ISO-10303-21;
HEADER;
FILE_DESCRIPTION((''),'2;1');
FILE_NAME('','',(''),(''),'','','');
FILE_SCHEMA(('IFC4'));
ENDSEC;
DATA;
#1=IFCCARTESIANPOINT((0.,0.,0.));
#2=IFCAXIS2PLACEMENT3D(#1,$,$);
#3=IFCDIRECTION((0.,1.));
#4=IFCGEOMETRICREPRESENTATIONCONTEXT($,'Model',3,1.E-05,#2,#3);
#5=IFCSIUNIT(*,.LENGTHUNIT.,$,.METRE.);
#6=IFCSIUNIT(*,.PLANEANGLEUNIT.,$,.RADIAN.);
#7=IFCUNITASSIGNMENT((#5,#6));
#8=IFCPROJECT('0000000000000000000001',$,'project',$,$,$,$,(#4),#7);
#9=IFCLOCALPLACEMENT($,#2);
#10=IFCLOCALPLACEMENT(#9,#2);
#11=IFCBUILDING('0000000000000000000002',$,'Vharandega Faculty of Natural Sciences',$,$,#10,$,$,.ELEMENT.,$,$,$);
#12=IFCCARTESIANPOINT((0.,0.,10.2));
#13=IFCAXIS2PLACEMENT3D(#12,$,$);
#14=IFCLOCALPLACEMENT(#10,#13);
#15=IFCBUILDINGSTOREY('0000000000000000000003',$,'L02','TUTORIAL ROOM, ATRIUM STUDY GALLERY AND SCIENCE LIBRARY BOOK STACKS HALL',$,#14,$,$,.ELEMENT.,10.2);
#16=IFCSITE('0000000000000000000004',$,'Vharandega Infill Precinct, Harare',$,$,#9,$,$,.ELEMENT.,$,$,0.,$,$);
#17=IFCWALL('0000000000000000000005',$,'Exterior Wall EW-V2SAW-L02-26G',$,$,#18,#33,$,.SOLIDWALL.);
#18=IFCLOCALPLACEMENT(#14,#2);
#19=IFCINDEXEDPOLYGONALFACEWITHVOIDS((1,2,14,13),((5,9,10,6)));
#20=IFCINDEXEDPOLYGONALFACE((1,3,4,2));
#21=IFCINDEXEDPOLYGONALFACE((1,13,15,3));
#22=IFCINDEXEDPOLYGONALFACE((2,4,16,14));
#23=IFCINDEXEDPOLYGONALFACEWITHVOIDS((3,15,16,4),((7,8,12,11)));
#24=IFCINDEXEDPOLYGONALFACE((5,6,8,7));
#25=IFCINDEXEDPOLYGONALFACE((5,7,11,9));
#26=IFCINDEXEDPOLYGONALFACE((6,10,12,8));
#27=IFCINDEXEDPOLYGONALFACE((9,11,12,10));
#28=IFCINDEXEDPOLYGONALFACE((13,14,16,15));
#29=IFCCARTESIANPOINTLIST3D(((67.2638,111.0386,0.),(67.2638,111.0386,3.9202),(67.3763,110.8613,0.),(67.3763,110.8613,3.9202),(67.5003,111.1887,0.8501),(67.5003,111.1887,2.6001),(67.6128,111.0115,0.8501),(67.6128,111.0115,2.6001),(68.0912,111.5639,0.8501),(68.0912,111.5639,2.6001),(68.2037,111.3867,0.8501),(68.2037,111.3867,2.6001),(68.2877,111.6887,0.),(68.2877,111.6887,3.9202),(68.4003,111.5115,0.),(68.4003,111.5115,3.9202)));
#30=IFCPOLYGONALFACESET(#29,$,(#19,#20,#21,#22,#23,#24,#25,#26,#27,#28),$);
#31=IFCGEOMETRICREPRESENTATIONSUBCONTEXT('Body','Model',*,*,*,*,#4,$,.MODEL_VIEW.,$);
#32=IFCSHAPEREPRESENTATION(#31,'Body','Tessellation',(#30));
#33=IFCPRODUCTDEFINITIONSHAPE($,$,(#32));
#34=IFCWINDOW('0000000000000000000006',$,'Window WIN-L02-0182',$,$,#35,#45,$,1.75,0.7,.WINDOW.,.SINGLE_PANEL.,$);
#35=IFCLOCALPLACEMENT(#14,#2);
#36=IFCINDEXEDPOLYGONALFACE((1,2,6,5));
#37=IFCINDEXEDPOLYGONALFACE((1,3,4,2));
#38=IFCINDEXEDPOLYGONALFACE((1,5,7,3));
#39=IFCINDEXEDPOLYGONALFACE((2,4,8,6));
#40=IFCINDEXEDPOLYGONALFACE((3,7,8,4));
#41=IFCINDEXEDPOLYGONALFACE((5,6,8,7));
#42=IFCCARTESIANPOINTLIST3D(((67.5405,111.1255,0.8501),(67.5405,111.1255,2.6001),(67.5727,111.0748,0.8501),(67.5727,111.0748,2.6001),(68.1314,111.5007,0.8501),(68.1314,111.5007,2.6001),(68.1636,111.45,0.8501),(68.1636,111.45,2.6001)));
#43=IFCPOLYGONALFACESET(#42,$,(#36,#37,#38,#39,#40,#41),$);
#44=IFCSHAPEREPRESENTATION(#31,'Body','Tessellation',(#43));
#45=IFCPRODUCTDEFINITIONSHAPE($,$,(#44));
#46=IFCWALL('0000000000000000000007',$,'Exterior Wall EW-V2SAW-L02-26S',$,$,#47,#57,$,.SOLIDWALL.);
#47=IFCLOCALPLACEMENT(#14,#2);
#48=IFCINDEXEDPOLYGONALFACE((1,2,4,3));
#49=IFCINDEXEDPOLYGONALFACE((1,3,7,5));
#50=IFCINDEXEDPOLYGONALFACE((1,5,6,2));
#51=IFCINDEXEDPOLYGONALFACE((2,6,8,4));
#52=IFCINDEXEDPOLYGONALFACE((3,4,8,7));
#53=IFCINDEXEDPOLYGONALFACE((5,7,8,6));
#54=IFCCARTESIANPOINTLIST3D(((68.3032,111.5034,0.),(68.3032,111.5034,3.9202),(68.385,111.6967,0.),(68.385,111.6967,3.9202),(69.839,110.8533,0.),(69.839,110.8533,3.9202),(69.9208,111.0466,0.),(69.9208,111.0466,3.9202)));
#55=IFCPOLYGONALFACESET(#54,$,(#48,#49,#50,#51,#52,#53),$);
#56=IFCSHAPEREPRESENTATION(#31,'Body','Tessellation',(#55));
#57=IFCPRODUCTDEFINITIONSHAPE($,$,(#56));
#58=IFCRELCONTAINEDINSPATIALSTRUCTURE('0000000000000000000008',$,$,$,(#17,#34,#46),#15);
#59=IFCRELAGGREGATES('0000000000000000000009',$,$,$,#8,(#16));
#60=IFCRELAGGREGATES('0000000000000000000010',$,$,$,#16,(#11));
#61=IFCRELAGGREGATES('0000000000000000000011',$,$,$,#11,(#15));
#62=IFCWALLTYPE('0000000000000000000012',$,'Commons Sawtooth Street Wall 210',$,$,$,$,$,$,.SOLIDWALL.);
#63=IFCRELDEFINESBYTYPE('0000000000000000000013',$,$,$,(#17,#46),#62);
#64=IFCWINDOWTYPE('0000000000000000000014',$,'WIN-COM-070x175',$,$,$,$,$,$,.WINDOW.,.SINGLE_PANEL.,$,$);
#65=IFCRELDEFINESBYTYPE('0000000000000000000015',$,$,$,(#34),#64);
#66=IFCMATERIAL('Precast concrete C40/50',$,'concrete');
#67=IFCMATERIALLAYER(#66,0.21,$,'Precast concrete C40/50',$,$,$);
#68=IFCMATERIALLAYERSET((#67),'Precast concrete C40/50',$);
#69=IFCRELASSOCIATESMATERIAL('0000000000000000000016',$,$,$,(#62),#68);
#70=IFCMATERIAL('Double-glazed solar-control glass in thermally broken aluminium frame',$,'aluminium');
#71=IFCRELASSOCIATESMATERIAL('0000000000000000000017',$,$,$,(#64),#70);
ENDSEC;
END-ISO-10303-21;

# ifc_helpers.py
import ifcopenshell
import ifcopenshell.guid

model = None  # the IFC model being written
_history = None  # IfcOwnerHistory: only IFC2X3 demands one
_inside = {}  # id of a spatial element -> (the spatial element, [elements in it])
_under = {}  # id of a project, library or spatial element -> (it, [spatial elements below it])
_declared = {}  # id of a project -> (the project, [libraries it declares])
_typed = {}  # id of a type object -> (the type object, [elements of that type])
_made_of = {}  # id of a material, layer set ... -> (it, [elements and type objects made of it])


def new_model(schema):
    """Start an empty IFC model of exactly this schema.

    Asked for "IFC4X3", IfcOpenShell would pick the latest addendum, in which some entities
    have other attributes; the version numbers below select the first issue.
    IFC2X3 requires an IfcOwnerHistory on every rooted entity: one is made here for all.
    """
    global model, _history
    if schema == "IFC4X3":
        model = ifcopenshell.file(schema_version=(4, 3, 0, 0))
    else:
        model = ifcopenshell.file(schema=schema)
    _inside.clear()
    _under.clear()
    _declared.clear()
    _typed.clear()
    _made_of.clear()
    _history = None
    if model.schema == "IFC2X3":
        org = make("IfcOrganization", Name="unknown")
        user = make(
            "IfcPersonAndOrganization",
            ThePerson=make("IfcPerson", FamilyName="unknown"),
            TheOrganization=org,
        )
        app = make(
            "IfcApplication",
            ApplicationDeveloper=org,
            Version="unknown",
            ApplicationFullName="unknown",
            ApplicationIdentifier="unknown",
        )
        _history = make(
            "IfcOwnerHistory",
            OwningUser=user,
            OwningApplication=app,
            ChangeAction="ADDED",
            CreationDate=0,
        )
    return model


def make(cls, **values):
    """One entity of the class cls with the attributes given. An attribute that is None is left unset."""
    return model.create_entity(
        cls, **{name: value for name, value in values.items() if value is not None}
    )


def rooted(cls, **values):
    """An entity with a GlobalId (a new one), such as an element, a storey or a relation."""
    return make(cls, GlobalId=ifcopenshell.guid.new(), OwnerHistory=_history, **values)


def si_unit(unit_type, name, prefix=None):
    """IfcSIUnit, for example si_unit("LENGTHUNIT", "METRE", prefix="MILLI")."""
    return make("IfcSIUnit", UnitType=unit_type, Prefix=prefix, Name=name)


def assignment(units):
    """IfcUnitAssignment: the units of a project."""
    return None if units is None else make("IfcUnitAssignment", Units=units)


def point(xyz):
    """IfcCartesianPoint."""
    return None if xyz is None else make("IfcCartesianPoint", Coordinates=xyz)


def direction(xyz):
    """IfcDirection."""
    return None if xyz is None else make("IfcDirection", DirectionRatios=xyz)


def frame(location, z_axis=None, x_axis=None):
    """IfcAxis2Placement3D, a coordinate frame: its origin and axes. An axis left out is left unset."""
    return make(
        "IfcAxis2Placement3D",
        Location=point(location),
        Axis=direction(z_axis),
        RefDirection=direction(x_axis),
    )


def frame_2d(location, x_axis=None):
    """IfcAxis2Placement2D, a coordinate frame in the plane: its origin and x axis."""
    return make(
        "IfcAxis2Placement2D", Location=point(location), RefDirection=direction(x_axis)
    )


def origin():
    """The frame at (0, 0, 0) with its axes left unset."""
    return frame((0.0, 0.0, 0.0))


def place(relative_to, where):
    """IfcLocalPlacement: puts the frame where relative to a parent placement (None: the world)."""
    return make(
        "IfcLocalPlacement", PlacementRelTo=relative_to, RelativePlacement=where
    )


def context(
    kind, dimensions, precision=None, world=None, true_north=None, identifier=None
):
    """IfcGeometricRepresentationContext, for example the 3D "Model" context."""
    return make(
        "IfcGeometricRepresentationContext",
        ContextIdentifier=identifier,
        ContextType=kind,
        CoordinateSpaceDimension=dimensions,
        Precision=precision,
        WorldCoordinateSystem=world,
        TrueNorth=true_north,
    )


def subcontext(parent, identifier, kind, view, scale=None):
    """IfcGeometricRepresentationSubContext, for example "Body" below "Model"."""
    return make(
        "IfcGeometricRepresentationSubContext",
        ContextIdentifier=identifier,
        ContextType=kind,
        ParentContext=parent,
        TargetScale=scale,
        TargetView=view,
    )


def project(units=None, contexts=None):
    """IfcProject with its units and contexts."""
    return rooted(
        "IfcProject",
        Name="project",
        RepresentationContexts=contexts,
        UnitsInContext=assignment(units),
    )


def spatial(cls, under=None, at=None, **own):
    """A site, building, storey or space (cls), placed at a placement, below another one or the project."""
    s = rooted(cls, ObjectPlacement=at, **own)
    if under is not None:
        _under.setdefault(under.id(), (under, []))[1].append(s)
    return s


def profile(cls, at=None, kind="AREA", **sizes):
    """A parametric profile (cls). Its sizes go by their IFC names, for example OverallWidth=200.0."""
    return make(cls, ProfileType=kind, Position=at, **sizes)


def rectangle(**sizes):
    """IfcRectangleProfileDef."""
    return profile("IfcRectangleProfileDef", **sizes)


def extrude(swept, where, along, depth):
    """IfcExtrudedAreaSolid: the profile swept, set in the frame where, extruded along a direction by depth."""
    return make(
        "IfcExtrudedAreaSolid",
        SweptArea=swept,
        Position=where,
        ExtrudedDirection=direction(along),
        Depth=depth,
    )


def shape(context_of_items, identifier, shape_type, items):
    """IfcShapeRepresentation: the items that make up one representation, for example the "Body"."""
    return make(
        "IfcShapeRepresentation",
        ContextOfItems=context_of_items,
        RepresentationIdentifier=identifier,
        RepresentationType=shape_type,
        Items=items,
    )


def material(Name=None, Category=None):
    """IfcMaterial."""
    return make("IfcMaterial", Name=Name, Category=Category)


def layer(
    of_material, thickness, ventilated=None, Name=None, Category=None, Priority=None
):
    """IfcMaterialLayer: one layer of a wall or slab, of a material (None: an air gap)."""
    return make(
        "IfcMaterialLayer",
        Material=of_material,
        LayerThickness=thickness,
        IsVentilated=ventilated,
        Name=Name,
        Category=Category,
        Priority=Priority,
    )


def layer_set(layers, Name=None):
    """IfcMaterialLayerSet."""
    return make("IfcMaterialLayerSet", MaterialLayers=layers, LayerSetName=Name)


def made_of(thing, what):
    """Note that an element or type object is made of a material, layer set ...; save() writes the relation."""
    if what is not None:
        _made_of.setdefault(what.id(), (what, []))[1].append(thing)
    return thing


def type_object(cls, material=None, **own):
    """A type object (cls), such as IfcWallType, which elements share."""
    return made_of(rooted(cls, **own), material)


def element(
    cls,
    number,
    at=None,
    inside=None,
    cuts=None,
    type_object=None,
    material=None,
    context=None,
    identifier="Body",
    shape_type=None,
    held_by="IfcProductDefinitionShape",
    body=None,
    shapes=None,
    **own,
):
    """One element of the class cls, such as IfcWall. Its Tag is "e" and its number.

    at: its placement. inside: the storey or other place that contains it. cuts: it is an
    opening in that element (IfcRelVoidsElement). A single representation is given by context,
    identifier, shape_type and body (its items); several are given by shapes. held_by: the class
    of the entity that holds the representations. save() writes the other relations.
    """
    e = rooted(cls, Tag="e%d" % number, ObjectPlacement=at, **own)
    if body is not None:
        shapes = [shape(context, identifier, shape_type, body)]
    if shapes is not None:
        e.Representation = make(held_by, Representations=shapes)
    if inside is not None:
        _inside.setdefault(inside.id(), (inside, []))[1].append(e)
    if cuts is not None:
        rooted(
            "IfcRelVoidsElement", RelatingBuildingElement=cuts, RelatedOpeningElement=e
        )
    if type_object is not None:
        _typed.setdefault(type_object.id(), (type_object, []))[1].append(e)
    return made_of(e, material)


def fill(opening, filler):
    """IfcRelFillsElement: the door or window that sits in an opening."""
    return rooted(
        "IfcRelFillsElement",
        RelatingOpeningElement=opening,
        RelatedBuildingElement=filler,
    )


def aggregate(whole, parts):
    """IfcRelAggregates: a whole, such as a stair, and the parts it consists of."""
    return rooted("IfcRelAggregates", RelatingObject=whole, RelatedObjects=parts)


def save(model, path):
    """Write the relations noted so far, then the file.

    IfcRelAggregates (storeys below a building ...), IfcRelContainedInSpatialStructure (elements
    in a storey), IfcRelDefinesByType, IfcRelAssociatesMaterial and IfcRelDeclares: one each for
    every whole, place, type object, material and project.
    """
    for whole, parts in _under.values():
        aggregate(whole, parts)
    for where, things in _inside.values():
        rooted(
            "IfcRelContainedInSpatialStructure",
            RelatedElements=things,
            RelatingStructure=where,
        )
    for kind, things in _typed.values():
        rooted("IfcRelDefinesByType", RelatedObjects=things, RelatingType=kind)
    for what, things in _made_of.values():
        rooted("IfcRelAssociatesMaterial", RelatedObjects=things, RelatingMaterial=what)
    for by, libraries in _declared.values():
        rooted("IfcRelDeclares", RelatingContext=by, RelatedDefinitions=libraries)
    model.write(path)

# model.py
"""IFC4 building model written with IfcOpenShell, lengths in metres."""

from ifc_helpers import new_model, si_unit, direction, frame, frame_2d, origin, place, context, subcontext, project, spatial, rectangle, extrude, material, layer, layer_set, type_object, element, fill, save


model = new_model("IFC4")

# Units and contexts
model_context = context("Model", 3, precision=1e-05, world=origin(), true_north=direction((0.0, 1.0)))
body_context = subcontext(model_context, "Body", "Model", "MODEL_VIEW")
ifc_project = project(units=[si_unit("LENGTHUNIT", "METRE"), si_unit("PLANEANGLEUNIT", "RADIAN")], contexts=[model_context])

# Site, building, storey
site_placement = place(None, origin())
site = spatial("IfcSite", under=ifc_project, at=site_placement, Name="Vharandega Infill Precinct, Harare", CompositionType="ELEMENT", RefElevation=0.0)
building_placement = place(site_placement, origin())
building = spatial("IfcBuilding", under=site, at=building_placement, Name="Vharandega Faculty of Natural Sciences", CompositionType="ELEMENT")
storey_placement = place(building_placement, frame((0.0, 0.0, 10.2)))
storey = spatial("IfcBuildingStorey", under=building, at=storey_placement, Name="L02", Description="TUTORIAL ROOM, ATRIUM STUDY GALLERY AND SCIENCE LIBRARY BOOK STACKS HALL", CompositionType="ELEMENT", Elevation=10.2)

# Shared definitions
ifc_material_1 = material(Name="Precast concrete C40/50", Category="concrete")
ifc_layer_1 = layer(ifc_material_1, 0.21, Name="Precast concrete C40/50")
ifc_layer_set_1 = layer_set([ifc_layer_1], Name="Precast concrete C40/50")
wall_type = type_object("IfcWallType", Name="Commons Sawtooth Street Wall 210", PredefinedType="SOLIDWALL", material=ifc_layer_set_1)

# Wall, opening, window
wall_1_placement = place(storey_placement, frame((67.3201, 110.95, 0.0), z_axis=(0.0, 0.0, 1.0), x_axis=(0.8442, 0.536029, 0.0)))
wall_1 = element("IfcWall", 1, at=wall_1_placement, inside=storey, type_object=wall_type, Name="Exterior Wall EW-V2SAW-L02-26G", PredefinedType="SOLIDWALL", context=body_context, shape_type="SweptSolid", body=[
    extrude(rectangle(XDim=1.2129, YDim=0.21, at=frame_2d((0.6064, 0.0))), origin(), (0.0, 0.0, 1.0), 3.9202),
])
opening_1_placement = place(wall_1_placement, frame((0.28, 0.0, 0.8501)))
opening_1 = element("IfcOpeningElement", 2, at=opening_1_placement, cuts=wall_1, PredefinedType="OPENING", context=body_context, shape_type="SweptSolid", body=[
    extrude(rectangle(XDim=0.7, YDim=1.75, at=frame_2d((0.3501, 0.875))), frame((0.0, 0.115, 0.0), z_axis=(0.0, -1.0, 0.0), x_axis=(1.0, 0.0, 0.0)), (0.0, 0.0, 1.0), 0.23),
])
ifc_material_2 = material(Name="Double-glazed solar-control glass in thermally broken aluminium frame", Category="aluminium")
window_type_1 = type_object("IfcWindowType", Name="WIN-COM-070x175", PartitioningType="SINGLE_PANEL", PredefinedType="WINDOW", material=ifc_material_2)
window_1_placement = place(opening_1_placement, origin())
window_1 = element("IfcWindow", 3, at=window_1_placement, inside=storey, type_object=window_type_1, Name="Window WIN-L02-0182", OverallHeight=1.75, OverallWidth=0.7, PartitioningType="SINGLE_PANEL", PredefinedType="WINDOW", context=body_context, shape_type="SweptSolid", body=[
    extrude(rectangle(XDim=0.7, YDim=1.75, at=frame_2d((0.3501, 0.875))), frame((0.0, 0.03, 0.0), z_axis=(0.0, -1.0, 0.0), x_axis=(1.0, 0.0, 0.0)), (0.0, 0.0, 1.0), 0.0601),
])
fill(opening_1, window_1)

# Wall
wall_2_placement = place(storey_placement, frame((68.344, 111.6001, 0.0), z_axis=(0.0, 0.0, 1.0), x_axis=(0.920892, -0.389817, 0.0)))
element("IfcWall", 4, at=wall_2_placement, inside=storey, type_object=wall_type, Name="Exterior Wall EW-V2SAW-L02-26S", PredefinedType="SOLIDWALL", context=body_context, shape_type="SweptSolid", body=[
    extrude(rectangle(XDim=1.6677, YDim=0.21, at=frame_2d((0.834, 0.0))), origin(), (0.0, 0.0, 1.0), 3.9202),
])

save(model, "model.ifc")
